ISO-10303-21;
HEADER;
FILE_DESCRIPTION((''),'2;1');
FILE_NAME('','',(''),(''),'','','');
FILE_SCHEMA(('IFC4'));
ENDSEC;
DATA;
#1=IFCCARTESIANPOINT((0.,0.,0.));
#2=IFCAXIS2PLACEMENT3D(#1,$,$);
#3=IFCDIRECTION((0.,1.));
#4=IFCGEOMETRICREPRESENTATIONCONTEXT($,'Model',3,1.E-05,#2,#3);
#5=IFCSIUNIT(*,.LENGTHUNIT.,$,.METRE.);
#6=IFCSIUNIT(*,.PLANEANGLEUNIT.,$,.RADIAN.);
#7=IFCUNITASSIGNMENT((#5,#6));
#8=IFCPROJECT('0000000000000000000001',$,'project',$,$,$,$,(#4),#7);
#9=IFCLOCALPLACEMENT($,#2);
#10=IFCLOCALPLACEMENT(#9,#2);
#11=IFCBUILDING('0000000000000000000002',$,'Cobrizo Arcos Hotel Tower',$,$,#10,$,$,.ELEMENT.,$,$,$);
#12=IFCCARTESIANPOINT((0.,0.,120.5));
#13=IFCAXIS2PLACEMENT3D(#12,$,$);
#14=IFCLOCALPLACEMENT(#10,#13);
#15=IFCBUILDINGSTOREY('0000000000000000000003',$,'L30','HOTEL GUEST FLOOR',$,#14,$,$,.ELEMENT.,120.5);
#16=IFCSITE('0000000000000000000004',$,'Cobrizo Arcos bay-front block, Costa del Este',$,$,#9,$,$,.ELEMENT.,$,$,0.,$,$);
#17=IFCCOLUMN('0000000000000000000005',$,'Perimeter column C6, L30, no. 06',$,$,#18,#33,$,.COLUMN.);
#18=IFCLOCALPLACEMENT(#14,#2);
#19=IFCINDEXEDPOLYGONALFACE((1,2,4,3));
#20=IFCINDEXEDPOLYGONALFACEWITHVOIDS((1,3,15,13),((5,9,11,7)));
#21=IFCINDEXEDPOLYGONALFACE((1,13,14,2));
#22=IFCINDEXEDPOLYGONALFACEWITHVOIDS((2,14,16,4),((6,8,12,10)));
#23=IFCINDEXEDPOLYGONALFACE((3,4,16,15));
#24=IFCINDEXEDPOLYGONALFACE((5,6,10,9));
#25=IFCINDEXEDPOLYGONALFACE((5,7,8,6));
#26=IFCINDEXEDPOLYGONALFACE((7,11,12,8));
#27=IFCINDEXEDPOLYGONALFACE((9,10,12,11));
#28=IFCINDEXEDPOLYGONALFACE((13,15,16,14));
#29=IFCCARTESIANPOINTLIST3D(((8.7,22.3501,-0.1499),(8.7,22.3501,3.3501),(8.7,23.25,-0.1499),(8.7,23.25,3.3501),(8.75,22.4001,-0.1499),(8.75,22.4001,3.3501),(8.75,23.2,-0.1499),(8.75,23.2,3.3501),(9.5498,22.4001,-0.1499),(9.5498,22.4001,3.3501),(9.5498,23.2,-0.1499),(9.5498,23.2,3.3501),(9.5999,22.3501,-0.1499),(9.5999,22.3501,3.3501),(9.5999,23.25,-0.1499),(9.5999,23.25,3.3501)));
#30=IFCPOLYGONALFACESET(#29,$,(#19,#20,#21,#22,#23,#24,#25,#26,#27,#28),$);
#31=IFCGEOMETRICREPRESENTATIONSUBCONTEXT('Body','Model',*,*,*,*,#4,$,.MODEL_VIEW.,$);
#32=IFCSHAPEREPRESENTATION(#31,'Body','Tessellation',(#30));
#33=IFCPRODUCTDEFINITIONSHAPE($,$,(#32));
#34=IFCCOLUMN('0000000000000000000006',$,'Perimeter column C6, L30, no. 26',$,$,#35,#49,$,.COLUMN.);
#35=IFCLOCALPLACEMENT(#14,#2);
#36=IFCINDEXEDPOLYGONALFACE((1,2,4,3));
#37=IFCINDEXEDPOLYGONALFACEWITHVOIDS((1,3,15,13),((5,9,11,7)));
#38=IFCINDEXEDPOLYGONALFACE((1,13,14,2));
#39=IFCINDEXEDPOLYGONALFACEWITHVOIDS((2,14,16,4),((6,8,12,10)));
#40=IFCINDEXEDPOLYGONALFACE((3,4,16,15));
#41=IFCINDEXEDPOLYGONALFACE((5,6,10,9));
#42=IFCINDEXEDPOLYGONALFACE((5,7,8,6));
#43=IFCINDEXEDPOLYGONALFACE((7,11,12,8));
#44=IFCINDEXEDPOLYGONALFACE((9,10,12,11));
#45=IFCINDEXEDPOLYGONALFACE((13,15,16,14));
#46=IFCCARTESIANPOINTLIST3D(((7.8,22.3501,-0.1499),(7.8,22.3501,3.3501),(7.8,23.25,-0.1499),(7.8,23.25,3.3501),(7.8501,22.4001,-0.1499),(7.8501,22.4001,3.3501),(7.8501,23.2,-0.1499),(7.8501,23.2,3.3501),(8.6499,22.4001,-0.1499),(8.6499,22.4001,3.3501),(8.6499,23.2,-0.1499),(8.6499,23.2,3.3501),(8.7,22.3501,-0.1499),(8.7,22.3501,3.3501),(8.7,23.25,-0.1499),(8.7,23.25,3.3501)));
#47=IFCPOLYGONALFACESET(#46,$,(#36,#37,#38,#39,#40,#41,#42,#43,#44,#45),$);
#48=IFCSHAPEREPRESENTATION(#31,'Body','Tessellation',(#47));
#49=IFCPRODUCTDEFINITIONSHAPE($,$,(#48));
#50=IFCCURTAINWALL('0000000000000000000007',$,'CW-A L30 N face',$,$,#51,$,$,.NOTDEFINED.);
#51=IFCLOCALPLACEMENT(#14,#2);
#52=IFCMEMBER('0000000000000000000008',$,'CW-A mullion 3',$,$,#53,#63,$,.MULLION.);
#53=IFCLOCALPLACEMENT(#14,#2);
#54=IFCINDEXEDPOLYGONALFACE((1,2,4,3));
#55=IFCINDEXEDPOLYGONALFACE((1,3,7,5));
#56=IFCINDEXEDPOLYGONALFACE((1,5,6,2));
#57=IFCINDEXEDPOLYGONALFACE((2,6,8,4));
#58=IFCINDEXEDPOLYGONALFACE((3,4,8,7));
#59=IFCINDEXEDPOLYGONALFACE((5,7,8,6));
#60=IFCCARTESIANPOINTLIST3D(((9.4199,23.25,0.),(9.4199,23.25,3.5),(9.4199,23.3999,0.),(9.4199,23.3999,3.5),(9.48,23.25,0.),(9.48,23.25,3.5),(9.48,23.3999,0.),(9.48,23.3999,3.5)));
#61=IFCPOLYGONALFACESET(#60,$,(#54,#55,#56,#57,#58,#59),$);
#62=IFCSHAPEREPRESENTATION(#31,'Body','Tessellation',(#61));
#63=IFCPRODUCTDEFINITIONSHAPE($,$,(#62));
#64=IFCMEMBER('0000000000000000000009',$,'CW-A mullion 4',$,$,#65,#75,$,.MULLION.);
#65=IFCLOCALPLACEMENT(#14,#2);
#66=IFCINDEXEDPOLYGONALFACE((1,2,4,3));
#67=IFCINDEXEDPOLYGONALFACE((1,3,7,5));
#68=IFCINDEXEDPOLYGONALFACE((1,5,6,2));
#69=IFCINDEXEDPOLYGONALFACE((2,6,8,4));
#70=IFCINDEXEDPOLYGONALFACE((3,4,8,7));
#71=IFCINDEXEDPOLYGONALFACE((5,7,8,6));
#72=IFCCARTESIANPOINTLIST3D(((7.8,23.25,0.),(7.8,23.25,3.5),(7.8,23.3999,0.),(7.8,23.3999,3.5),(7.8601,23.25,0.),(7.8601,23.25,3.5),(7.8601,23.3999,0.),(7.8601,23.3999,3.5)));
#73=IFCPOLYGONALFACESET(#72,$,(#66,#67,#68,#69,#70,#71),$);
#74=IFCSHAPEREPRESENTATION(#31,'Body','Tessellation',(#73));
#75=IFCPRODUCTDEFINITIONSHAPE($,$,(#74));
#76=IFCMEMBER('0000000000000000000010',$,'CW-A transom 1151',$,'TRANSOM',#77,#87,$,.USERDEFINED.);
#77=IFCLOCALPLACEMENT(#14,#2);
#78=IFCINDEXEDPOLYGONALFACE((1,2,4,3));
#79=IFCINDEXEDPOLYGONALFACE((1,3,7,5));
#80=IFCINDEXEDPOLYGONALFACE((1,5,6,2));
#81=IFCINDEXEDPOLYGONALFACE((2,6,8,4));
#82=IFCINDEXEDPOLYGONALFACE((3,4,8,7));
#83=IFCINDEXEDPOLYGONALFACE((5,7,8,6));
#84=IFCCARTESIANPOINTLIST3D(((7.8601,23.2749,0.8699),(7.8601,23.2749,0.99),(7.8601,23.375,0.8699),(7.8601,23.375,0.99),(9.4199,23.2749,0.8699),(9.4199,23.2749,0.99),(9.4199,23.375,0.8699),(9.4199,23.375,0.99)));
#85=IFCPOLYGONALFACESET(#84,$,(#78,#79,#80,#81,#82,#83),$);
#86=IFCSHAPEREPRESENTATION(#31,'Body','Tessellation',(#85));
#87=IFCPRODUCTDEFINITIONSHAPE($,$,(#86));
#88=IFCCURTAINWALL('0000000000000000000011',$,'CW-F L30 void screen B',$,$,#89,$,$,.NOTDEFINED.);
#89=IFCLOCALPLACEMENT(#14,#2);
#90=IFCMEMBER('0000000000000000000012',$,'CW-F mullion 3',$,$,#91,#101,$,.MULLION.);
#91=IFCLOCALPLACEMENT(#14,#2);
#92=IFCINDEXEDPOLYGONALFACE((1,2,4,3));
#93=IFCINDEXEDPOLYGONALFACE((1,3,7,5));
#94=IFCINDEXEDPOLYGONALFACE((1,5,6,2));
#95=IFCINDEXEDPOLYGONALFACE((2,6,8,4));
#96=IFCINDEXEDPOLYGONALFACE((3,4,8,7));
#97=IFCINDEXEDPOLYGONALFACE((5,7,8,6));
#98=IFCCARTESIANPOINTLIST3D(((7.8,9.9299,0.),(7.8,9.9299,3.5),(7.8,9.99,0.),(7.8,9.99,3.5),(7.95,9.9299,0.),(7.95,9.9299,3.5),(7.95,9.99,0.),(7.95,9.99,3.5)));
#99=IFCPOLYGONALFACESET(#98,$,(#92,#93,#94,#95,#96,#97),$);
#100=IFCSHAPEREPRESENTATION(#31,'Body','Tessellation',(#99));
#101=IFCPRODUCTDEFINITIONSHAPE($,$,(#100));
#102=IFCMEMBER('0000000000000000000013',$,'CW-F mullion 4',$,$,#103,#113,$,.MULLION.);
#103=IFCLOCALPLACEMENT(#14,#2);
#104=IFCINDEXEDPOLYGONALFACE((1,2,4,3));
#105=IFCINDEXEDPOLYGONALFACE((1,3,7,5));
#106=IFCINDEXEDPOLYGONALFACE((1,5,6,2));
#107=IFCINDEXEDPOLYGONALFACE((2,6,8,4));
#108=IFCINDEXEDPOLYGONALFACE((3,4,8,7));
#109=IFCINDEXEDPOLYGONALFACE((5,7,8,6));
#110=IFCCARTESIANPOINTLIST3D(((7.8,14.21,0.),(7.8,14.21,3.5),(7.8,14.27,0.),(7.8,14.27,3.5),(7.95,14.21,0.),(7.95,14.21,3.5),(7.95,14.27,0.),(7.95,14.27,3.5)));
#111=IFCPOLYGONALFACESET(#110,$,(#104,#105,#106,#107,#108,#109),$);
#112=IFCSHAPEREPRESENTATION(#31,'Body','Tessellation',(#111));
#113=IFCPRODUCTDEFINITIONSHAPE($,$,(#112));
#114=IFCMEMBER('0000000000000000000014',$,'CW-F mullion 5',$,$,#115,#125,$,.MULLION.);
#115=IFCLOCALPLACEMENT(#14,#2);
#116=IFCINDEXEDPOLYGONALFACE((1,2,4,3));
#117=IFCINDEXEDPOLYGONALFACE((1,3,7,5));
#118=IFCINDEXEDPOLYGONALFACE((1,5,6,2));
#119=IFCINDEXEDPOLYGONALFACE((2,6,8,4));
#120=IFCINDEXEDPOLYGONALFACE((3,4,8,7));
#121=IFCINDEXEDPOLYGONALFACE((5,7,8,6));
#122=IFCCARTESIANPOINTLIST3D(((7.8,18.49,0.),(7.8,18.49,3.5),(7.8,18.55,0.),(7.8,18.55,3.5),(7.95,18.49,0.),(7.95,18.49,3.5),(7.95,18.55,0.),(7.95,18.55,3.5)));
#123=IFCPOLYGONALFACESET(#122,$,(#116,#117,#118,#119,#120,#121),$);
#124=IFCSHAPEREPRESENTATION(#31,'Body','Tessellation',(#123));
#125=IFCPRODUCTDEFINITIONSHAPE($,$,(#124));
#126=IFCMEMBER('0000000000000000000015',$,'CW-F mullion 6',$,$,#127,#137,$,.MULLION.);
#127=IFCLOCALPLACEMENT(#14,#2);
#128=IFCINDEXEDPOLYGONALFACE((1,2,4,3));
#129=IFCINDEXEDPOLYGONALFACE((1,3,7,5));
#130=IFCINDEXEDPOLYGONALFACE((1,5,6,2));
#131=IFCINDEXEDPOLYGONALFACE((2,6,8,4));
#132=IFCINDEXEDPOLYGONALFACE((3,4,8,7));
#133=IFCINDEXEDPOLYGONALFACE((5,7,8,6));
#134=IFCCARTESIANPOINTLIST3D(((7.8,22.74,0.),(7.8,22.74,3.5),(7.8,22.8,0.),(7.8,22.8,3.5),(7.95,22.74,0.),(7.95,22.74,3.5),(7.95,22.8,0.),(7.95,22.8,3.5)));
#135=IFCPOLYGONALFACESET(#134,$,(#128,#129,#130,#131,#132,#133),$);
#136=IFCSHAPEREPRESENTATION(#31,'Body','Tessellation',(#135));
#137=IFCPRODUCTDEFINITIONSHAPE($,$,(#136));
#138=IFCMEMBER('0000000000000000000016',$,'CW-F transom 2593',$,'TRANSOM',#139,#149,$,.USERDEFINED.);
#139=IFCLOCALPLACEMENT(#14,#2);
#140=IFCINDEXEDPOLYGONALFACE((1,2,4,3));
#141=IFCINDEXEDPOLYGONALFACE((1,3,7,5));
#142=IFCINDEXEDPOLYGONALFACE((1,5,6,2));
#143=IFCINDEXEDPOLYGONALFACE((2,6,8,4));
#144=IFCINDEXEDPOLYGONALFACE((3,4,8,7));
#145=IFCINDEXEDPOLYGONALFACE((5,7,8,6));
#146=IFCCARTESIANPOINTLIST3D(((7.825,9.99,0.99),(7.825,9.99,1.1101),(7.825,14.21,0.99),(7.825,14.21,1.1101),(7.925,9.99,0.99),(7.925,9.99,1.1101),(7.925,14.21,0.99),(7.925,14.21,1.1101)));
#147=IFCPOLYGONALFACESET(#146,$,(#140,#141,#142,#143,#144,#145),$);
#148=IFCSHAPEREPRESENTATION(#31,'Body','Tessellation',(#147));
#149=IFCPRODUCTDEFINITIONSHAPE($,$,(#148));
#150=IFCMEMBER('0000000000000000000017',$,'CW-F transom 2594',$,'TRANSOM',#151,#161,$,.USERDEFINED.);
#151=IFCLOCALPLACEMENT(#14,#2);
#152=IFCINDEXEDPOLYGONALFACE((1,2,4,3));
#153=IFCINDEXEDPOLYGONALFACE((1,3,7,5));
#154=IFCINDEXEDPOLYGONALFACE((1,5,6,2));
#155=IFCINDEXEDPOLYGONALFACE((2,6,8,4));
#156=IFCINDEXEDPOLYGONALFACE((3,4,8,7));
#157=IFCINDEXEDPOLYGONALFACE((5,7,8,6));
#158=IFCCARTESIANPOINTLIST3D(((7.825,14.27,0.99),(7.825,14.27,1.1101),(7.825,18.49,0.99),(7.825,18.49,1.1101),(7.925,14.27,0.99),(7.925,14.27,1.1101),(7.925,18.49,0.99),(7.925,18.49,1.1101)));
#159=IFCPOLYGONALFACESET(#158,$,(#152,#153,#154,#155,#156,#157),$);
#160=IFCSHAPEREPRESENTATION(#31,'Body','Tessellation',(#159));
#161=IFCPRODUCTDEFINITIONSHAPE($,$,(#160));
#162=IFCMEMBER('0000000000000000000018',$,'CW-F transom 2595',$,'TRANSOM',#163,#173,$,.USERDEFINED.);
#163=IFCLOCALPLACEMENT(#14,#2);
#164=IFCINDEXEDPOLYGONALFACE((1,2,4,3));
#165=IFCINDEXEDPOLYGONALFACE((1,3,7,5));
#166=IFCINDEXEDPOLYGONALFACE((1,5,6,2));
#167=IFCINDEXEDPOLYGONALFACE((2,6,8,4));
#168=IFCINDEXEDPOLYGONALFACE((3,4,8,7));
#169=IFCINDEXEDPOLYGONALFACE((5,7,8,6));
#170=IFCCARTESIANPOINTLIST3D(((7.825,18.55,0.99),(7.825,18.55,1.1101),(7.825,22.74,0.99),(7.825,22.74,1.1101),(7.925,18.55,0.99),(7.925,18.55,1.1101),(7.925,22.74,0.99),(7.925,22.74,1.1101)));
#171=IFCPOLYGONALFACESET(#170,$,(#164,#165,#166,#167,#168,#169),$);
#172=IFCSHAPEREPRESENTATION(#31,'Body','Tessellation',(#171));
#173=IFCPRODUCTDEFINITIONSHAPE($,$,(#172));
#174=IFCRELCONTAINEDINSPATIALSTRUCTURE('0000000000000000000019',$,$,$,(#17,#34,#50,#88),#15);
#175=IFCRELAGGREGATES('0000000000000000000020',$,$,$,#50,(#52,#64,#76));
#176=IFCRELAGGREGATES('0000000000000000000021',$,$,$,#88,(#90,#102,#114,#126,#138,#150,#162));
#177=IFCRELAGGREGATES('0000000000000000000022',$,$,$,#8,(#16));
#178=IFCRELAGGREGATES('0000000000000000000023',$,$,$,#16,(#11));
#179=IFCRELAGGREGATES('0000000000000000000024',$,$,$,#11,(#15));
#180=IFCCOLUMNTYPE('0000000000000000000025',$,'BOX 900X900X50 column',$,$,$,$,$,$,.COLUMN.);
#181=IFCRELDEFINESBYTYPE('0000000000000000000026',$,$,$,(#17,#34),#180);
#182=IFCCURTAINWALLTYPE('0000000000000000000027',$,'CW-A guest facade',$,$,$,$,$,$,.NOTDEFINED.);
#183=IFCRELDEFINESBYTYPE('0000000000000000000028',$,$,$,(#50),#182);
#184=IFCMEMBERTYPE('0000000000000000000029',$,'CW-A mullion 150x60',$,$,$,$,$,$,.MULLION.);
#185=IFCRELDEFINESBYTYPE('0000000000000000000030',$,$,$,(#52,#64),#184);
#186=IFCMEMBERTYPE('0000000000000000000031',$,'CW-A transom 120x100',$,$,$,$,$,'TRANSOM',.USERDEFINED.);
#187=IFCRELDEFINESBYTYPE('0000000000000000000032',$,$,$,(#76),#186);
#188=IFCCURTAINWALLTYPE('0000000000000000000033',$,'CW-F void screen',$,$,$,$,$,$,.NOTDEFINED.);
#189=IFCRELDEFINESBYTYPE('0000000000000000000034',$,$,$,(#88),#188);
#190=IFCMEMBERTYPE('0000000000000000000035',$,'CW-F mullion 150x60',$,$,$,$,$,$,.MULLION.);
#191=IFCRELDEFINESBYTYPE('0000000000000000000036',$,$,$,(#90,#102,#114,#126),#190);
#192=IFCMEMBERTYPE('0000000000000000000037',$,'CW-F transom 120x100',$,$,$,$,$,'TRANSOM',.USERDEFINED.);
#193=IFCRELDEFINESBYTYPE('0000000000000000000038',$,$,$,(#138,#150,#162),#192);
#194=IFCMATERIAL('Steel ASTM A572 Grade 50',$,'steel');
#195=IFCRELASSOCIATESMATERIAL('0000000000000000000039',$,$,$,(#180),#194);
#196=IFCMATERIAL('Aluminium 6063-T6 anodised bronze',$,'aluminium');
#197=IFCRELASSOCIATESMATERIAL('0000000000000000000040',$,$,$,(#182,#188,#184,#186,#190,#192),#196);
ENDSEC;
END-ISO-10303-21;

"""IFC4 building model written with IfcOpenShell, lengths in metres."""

from ifc_helpers import new_model, si_unit, direction, frame, origin, origin_2d, place, context, subcontext, project, spatial, rectangle, hollow_rectangle, extrude, material, material_profile, profile_set, type_object, element, aggregate, save


model = new_model("IFC4")

# Units and contexts
model_context = context("Model", 3, precision=1e-05, world=origin(), true_north=direction((0.0, 1.0)))
body_context = subcontext(model_context, "Body", "Model", "MODEL_VIEW")
ifc_project = project(units=[si_unit("LENGTHUNIT", "METRE"), si_unit("PLANEANGLEUNIT", "RADIAN")], contexts=[model_context])

# Site, building, storey
site_placement = place(None, origin())
site = spatial("IfcSite", under=ifc_project, at=site_placement, Name="Cobrizo Arcos bay-front block, Costa del Este", CompositionType="ELEMENT", RefElevation=0.0)
building_placement = place(site_placement, origin())
building = spatial("IfcBuilding", under=site, at=building_placement, Name="Cobrizo Arcos Hotel Tower", CompositionType="ELEMENT")
storey_placement = place(building_placement, frame((0.0, 0.0, 120.5)))
storey = spatial("IfcBuildingStorey", under=building, at=storey_placement, Name="L30", Description="HOTEL GUEST FLOOR", CompositionType="ELEMENT", Elevation=120.5)

# Columns
ifc_material_1 = material(Name="Steel ASTM A572 Grade 50", Category="steel")
ifc_material_profile_1 = material_profile(ifc_material_1, hollow_rectangle(XDim=0.8999, YDim=0.8999, WallThickness=0.05, at=origin_2d()), Name="BOX 900X900X50")
ifc_profile_set_1 = profile_set([ifc_material_profile_1], Name="Steel ASTM A572 Grade 50")
column_type = type_object("IfcColumnType", Name="BOX 900X900X50 column", PredefinedType="COLUMN", material=ifc_profile_set_1)
for number, where, z_axis, x_axis, name in (
    (1, (9.1499, 22.8, -0.1499), (0.0, 0.0, 1.0), (1.0, 0.0, 0.0), "Perimeter column C6, L30, no. 06"),
    (2, (8.25, 22.8, -0.1499), (0.0, 0.0, 1.0), (1.0, 0.0, 0.0), "Perimeter column C6, L30, no. 26"),
):
    element("IfcColumn", number, at=place(storey_placement, frame(where, z_axis=z_axis, x_axis=x_axis)), inside=storey, type_object=column_type, Name=name, PredefinedType="COLUMN", context=body_context, shape_type="SweptSolid", body=[
        extrude(hollow_rectangle(XDim=0.8999, YDim=0.8999, WallThickness=0.05, at=origin_2d()), origin(), (0.0, 0.0, 1.0), 3.5),
    ])

# Curtain walls, members
ifc_material_2 = material(Name="Aluminium 6063-T6 anodised bronze", Category="aluminium")
curtain_wall_type_1 = type_object("IfcCurtainWallType", Name="CW-A guest facade", PredefinedType="NOTDEFINED", material=ifc_material_2)
curtain_wall_1_placement = place(storey_placement, origin())
curtain_wall_1 = element("IfcCurtainWall", 3, at=curtain_wall_1_placement, inside=storey, type_object=curtain_wall_type_1, Name="CW-A L30 N face", PredefinedType="NOTDEFINED")
ifc_material_profile_2 = material_profile(ifc_material_2, rectangle(XDim=0.1499, YDim=0.0601, at=origin_2d()), Name="CW-A mullion 150x60")
ifc_profile_set_2 = profile_set([ifc_material_profile_2], Name="Aluminium 6063-T6 anodised bronze")
member_type_1 = type_object("IfcMemberType", Name="CW-A mullion 150x60", PredefinedType="MULLION", material=ifc_profile_set_2)
member_1_placement = place(storey_placement, frame((9.45, 23.325, 0.0), z_axis=(0.0, 0.0, 1.0), x_axis=(0.0, 1.0, 0.0)))
member_1 = element("IfcMember", 4, at=member_1_placement, type_object=member_type_1, Name="CW-A mullion 3", PredefinedType="MULLION", context=body_context, shape_type="SweptSolid", body=[
    extrude(rectangle(XDim=0.1499, YDim=0.0601, at=origin_2d()), origin(), (0.0, 0.0, 1.0), 3.5),
])
member_2_placement = place(storey_placement, frame((7.8301, 23.325, 0.0), z_axis=(0.0, 0.0, 1.0), x_axis=(0.0, 1.0, 0.0)))
member_2 = element("IfcMember", 5, at=member_2_placement, type_object=member_type_1, Name="CW-A mullion 4", PredefinedType="MULLION", context=body_context, shape_type="SweptSolid", body=[
    extrude(rectangle(XDim=0.1499, YDim=0.0601, at=origin_2d()), origin(), (0.0, 0.0, 1.0), 3.5),
])
ifc_material_profile_3 = material_profile(ifc_material_2, rectangle(XDim=0.1001, YDim=0.1201, at=origin_2d()), Name="CW-A transom 120x100")
ifc_profile_set_3 = profile_set([ifc_material_profile_3], Name="Aluminium 6063-T6 anodised bronze")
member_type_2 = type_object("IfcMemberType", Name="CW-A transom 120x100", ElementType="TRANSOM", PredefinedType="USERDEFINED", material=ifc_profile_set_3)
member_3_placement = place(storey_placement, frame((9.4199, 23.325, 0.9299), z_axis=(-1.0, 0.0, 0.0), x_axis=(0.0, -1.0, 0.0)))
member_3 = element("IfcMember", 6, at=member_3_placement, type_object=member_type_2, Name="CW-A transom 1151", ObjectType="TRANSOM", PredefinedType="USERDEFINED", context=body_context, shape_type="SweptSolid", body=[
    extrude(rectangle(XDim=0.1001, YDim=0.1201, at=origin_2d()), origin(), (0.0, 0.0, 1.0), 1.5598),
])
curtain_wall_type_2 = type_object("IfcCurtainWallType", Name="CW-F void screen", PredefinedType="NOTDEFINED", material=ifc_material_2)
curtain_wall_2_placement = place(storey_placement, origin())
curtain_wall_2 = element("IfcCurtainWall", 7, at=curtain_wall_2_placement, inside=storey, type_object=curtain_wall_type_2, Name="CW-F L30 void screen B", PredefinedType="NOTDEFINED")
ifc_material_profile_4 = material_profile(ifc_material_2, rectangle(XDim=0.1499, YDim=0.0601, at=origin_2d()), Name="CW-F mullion 150x60")
ifc_profile_set_4 = profile_set([ifc_material_profile_4], Name="Aluminium 6063-T6 anodised bronze")
member_type_3 = type_object("IfcMemberType", Name="CW-F mullion 150x60", PredefinedType="MULLION", material=ifc_profile_set_4)
member_4_placement = place(storey_placement, frame((7.875, 9.96, 0.0), z_axis=(0.0, 0.0, 1.0), x_axis=(1.0, 0.0, 0.0)))
member_4 = element("IfcMember", 8, at=member_4_placement, type_object=member_type_3, Name="CW-F mullion 3", PredefinedType="MULLION", context=body_context, shape_type="SweptSolid", body=[
    extrude(rectangle(XDim=0.1499, YDim=0.0601, at=origin_2d()), origin(), (0.0, 0.0, 1.0), 3.5),
])
member_5_placement = place(storey_placement, frame((7.875, 14.24, 0.0), z_axis=(0.0, 0.0, 1.0), x_axis=(1.0, 0.0, 0.0)))
member_5 = element("IfcMember", 9, at=member_5_placement, type_object=member_type_3, Name="CW-F mullion 4", PredefinedType="MULLION", context=body_context, shape_type="SweptSolid", body=[
    extrude(rectangle(XDim=0.1499, YDim=0.0601, at=origin_2d()), origin(), (0.0, 0.0, 1.0), 3.5),
])
member_6_placement = place(storey_placement, frame((7.875, 18.52, 0.0), z_axis=(0.0, 0.0, 1.0), x_axis=(1.0, 0.0, 0.0)))
member_6 = element("IfcMember", 10, at=member_6_placement, type_object=member_type_3, Name="CW-F mullion 5", PredefinedType="MULLION", context=body_context, shape_type="SweptSolid", body=[
    extrude(rectangle(XDim=0.1499, YDim=0.0601, at=origin_2d()), origin(), (0.0, 0.0, 1.0), 3.5),
])
member_7_placement = place(storey_placement, frame((7.875, 22.77, 0.0), z_axis=(0.0, 0.0, 1.0), x_axis=(1.0, 0.0, 0.0)))
member_7 = element("IfcMember", 11, at=member_7_placement, type_object=member_type_3, Name="CW-F mullion 6", PredefinedType="MULLION", context=body_context, shape_type="SweptSolid", body=[
    extrude(rectangle(XDim=0.1499, YDim=0.0601, at=origin_2d()), origin(), (0.0, 0.0, 1.0), 3.5),
])
ifc_material_profile_5 = material_profile(ifc_material_2, rectangle(XDim=0.1001, YDim=0.1201, at=origin_2d()), Name="CW-F transom 120x100")
ifc_profile_set_5 = profile_set([ifc_material_profile_5], Name="Aluminium 6063-T6 anodised bronze")
member_type_4 = type_object("IfcMemberType", Name="CW-F transom 120x100", ElementType="TRANSOM", PredefinedType="USERDEFINED", material=ifc_profile_set_5)
member_8_placement = place(storey_placement, frame((7.875, 9.99, 1.05), z_axis=(0.0, 1.0, 0.0), x_axis=(-1.0, 0.0, 0.0)))
member_8 = element("IfcMember", 12, at=member_8_placement, type_object=member_type_4, Name="CW-F transom 2593", ObjectType="TRANSOM", PredefinedType="USERDEFINED", context=body_context, shape_type="SweptSolid", body=[
    extrude(rectangle(XDim=0.1001, YDim=0.1201, at=origin_2d()), origin(), (0.0, 0.0, 1.0), 4.22),
])
member_9_placement = place(storey_placement, frame((7.875, 14.27, 1.05), z_axis=(0.0, 1.0, 0.0), x_axis=(-1.0, 0.0, 0.0)))
member_9 = element("IfcMember", 13, at=member_9_placement, type_object=member_type_4, Name="CW-F transom 2594", ObjectType="TRANSOM", PredefinedType="USERDEFINED", context=body_context, shape_type="SweptSolid", body=[
    extrude(rectangle(XDim=0.1001, YDim=0.1201, at=origin_2d()), origin(), (0.0, 0.0, 1.0), 4.22),
])
member_10_placement = place(storey_placement, frame((7.875, 18.55, 1.05), z_axis=(0.0, 1.0, 0.0), x_axis=(-1.0, 0.0, 0.0)))
member_10 = element("IfcMember", 14, at=member_10_placement, type_object=member_type_4, Name="CW-F transom 2595", ObjectType="TRANSOM", PredefinedType="USERDEFINED", context=body_context, shape_type="SweptSolid", body=[
    extrude(rectangle(XDim=0.1001, YDim=0.1201, at=origin_2d()), origin(), (0.0, 0.0, 1.0), 4.1899),
])

aggregate(curtain_wall_1, [member_1, member_2, member_3])
aggregate(curtain_wall_2, [member_4, member_5, member_6, member_7, member_8, member_9, member_10])

save(model, "model.ifc")
